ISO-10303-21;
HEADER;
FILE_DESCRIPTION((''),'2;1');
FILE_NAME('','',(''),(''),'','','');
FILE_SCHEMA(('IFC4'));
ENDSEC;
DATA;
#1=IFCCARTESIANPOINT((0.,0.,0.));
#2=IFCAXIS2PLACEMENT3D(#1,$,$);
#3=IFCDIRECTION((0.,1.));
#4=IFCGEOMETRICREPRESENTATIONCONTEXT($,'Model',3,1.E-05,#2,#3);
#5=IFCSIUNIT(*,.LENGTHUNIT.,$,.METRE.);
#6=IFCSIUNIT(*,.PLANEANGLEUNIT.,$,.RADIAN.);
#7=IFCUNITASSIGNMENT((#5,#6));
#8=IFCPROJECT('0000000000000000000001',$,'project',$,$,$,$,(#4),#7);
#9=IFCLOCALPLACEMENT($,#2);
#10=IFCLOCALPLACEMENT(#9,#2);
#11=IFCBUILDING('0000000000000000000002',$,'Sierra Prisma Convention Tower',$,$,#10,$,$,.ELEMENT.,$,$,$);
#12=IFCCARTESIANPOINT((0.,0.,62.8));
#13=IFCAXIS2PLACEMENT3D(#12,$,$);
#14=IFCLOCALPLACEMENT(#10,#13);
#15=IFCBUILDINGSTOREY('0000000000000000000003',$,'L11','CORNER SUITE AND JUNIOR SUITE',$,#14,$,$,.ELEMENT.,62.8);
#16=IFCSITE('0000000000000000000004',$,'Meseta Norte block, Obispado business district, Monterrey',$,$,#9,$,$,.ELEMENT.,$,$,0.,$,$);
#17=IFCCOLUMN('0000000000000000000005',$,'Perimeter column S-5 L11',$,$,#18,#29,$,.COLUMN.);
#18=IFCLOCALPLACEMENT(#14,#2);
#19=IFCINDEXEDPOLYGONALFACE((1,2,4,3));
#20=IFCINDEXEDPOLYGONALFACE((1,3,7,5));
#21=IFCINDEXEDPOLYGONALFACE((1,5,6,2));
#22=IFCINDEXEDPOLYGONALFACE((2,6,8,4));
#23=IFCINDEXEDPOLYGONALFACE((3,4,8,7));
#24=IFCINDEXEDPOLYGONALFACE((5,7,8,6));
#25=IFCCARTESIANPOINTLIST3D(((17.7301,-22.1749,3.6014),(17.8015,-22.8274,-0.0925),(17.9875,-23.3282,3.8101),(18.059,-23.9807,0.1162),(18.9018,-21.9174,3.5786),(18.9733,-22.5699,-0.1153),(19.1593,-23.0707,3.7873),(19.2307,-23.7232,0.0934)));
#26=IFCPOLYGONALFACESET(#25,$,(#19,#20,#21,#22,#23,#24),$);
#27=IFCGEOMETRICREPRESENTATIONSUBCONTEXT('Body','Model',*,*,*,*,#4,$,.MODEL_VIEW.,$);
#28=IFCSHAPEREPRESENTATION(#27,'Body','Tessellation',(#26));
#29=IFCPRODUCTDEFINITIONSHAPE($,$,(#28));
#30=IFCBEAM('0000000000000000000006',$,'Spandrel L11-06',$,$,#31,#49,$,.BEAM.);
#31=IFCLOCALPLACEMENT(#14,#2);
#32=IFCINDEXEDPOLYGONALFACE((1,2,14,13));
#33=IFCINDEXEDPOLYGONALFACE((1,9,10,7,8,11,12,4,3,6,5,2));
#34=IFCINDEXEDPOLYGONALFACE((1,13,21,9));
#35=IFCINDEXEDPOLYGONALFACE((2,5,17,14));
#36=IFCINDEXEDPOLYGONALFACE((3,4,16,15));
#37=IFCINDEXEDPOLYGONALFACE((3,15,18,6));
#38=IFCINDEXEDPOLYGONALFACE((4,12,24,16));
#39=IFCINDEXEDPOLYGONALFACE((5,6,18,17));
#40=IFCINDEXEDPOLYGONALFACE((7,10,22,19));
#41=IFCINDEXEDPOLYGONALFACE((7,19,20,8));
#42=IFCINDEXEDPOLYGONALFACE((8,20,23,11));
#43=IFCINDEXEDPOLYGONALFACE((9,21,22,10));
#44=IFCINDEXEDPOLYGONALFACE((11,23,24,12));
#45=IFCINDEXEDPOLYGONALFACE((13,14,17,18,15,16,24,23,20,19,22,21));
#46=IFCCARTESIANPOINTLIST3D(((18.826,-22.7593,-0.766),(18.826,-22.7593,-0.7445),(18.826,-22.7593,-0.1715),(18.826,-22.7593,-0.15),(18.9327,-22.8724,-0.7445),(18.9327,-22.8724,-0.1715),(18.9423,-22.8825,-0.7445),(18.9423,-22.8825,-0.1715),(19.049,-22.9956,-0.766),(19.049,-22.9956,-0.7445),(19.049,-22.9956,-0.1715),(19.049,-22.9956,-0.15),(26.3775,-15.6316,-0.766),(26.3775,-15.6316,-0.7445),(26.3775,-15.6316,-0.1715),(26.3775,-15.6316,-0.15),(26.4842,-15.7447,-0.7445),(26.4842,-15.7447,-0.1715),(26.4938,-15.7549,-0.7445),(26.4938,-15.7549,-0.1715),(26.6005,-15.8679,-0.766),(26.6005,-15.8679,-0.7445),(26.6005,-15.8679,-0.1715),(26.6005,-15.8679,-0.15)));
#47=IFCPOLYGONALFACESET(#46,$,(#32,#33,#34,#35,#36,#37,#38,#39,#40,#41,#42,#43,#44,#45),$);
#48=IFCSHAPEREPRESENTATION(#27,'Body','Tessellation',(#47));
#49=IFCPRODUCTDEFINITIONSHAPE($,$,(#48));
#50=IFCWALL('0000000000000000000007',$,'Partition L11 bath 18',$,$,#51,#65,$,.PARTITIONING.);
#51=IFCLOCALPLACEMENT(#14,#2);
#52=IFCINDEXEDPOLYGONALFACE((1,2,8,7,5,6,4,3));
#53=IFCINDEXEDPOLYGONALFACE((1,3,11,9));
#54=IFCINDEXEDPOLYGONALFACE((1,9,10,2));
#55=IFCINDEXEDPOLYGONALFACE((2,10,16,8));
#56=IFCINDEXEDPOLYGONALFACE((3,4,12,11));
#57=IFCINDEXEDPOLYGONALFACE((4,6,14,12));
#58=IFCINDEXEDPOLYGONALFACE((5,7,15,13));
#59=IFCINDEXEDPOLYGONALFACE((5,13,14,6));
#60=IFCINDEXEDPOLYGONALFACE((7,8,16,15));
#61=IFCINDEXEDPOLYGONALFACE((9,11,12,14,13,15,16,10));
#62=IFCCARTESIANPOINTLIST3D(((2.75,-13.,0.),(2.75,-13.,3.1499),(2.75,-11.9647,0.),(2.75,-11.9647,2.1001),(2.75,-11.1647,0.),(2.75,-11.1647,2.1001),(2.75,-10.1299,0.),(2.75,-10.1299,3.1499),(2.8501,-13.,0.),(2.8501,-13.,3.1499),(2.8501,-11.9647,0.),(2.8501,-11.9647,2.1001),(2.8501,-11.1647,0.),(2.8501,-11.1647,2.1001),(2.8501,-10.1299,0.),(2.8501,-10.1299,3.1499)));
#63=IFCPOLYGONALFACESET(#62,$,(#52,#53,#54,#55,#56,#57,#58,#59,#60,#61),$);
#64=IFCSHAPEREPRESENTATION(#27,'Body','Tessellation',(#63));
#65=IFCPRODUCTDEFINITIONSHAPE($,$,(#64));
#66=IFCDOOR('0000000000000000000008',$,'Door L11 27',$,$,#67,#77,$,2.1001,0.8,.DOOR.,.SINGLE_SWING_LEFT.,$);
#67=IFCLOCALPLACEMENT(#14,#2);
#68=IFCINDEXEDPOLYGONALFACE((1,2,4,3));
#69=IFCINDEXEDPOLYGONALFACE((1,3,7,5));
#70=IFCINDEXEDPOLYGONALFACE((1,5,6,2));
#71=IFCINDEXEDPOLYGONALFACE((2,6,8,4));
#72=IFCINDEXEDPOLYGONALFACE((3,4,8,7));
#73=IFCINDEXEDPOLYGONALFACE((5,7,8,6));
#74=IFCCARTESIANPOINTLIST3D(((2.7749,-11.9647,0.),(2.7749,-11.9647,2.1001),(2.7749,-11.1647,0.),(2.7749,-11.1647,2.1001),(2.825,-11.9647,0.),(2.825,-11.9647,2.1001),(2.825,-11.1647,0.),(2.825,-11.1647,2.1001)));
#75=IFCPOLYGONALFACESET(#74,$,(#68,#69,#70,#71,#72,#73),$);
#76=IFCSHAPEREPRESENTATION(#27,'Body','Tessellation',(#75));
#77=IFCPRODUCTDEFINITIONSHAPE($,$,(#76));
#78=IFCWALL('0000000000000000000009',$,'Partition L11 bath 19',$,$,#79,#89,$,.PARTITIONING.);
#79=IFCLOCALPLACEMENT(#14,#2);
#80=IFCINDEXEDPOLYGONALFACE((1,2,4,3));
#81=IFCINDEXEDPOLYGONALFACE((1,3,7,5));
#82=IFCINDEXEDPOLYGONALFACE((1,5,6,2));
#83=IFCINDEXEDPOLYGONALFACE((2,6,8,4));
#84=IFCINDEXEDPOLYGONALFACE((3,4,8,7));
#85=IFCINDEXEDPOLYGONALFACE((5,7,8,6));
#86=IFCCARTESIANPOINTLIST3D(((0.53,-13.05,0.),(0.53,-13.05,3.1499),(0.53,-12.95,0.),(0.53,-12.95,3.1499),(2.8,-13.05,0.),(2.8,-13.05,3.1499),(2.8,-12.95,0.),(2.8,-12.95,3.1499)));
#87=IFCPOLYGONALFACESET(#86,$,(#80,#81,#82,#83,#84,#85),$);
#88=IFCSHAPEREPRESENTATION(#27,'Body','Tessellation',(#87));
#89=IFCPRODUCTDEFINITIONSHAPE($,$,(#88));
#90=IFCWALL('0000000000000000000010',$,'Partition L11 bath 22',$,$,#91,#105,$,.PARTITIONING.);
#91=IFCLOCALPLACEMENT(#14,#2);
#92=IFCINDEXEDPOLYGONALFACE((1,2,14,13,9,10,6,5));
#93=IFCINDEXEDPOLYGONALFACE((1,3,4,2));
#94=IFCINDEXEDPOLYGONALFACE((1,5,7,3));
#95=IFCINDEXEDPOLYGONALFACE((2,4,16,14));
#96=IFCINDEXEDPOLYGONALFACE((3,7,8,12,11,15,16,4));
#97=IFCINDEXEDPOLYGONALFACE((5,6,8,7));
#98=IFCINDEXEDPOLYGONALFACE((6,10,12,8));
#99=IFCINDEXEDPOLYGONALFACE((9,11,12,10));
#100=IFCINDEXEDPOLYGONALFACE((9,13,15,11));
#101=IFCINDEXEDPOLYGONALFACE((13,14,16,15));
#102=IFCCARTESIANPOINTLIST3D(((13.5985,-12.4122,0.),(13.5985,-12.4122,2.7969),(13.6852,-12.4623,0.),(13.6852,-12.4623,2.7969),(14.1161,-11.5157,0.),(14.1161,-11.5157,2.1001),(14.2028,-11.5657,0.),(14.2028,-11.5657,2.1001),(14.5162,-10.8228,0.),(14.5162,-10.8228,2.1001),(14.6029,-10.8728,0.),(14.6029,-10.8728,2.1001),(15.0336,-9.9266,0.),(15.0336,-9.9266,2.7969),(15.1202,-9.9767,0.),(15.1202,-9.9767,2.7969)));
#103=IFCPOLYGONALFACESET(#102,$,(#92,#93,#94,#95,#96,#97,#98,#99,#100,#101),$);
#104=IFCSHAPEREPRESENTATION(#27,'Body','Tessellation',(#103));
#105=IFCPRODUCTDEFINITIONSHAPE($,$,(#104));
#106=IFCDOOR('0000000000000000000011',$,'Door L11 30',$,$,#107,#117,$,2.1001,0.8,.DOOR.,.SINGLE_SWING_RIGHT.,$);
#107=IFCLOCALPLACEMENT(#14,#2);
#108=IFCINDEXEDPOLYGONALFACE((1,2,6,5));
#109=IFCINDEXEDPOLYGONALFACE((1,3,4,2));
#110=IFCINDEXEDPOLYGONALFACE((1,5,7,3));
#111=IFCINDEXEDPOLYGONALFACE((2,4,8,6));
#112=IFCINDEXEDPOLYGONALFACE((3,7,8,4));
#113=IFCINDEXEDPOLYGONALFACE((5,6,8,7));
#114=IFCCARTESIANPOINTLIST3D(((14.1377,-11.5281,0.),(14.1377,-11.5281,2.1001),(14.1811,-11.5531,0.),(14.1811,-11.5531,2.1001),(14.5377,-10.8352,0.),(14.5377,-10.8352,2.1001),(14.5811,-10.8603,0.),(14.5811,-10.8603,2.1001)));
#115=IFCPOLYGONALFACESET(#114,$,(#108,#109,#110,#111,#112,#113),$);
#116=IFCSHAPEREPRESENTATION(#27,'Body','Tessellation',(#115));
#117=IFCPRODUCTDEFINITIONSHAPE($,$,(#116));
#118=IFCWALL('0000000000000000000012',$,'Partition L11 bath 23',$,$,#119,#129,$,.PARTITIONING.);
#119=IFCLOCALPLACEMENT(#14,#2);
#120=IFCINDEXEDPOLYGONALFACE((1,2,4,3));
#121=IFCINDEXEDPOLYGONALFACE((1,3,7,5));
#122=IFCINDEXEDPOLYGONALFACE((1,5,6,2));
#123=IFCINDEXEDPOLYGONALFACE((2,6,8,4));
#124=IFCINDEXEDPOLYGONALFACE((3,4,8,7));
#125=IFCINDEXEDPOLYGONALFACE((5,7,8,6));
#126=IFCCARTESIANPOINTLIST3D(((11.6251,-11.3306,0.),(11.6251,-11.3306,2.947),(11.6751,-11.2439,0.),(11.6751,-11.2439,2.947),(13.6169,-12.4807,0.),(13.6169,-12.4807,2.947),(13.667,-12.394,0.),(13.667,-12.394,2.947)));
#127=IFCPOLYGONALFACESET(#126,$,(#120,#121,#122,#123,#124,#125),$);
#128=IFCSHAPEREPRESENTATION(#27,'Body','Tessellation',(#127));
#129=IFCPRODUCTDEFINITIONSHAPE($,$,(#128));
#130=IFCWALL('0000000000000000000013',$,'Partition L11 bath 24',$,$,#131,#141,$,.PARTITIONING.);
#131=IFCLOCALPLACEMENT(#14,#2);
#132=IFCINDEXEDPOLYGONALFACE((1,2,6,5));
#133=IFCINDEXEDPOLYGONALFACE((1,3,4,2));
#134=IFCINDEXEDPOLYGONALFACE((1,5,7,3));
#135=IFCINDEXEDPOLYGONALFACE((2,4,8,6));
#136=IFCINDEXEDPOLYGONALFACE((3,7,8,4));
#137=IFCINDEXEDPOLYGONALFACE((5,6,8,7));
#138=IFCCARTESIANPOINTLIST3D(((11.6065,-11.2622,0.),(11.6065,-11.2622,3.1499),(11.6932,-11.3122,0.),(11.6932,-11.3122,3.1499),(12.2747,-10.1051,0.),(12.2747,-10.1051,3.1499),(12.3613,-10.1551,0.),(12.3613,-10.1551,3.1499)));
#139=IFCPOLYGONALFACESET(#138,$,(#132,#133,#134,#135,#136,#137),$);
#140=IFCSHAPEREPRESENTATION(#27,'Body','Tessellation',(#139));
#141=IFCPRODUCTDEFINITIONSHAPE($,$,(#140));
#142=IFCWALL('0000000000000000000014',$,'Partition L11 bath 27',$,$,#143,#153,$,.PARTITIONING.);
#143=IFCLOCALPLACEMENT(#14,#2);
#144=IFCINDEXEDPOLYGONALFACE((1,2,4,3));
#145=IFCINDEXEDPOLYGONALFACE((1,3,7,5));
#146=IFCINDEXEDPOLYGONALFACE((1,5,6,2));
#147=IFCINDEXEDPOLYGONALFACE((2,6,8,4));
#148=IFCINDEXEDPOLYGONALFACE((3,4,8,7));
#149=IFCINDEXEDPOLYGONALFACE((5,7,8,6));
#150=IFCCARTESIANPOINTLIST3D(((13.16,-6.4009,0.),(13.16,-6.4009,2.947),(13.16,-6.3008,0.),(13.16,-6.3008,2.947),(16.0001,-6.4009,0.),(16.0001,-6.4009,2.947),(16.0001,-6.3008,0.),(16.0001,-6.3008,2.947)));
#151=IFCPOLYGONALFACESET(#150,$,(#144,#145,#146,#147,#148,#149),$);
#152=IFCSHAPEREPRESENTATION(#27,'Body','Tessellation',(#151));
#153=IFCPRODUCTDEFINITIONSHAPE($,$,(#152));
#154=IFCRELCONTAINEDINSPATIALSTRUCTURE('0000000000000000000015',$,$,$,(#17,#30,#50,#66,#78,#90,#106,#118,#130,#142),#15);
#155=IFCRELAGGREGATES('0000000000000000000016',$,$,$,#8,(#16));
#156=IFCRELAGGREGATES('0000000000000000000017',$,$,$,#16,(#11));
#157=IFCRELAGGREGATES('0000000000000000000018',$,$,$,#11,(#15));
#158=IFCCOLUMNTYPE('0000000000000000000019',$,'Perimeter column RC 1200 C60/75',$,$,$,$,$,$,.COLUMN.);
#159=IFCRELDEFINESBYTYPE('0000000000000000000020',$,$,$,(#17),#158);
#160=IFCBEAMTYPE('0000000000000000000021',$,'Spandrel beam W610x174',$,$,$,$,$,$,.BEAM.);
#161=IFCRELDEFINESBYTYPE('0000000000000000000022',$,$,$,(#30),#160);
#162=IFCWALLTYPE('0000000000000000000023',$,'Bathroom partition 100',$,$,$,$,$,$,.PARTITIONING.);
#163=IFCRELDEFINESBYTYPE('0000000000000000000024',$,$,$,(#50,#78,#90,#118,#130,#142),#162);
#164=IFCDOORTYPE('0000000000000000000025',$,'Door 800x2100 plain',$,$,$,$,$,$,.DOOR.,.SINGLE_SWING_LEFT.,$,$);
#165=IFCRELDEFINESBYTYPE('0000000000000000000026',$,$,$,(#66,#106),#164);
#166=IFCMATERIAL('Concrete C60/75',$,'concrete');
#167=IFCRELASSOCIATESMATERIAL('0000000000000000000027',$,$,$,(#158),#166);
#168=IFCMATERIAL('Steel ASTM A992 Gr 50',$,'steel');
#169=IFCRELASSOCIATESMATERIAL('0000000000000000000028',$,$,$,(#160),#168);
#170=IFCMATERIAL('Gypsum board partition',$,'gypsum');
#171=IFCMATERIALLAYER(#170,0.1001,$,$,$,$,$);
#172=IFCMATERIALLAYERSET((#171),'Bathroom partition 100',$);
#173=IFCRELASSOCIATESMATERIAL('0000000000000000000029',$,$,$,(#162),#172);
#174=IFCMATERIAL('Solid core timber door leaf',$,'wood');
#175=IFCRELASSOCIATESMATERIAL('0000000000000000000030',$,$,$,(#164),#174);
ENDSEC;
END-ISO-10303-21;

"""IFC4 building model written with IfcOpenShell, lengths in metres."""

from ifc_helpers import new_model, si_unit, direction, frame, frame_2d, origin, origin_2d, place, context, subcontext, project, spatial, rectangle, i_section, extrude, clip, halfspace, material, layer, layer_set, material_profile, profile_set, type_object, element, fill, save


model = new_model("IFC4")

# Units and contexts
model_context = context("Model", 3, precision=1e-05, world=origin(), true_north=direction((0.0, 1.0)))
body_context = subcontext(model_context, "Body", "Model", "MODEL_VIEW")
ifc_project = project(units=[si_unit("LENGTHUNIT", "METRE"), si_unit("PLANEANGLEUNIT", "RADIAN")], contexts=[model_context])

# Site, building, storey
site_placement = place(None, origin())
site = spatial("IfcSite", under=ifc_project, at=site_placement, Name="Meseta Norte block, Obispado business district, Monterrey", CompositionType="ELEMENT", RefElevation=0.0)
building_placement = place(site_placement, origin())
building = spatial("IfcBuilding", under=site, at=building_placement, Name="Sierra Prisma Convention Tower", CompositionType="ELEMENT")
storey_placement = place(building_placement, frame((0.0, 0.0, 62.8)))
storey = spatial("IfcBuildingStorey", under=building, at=storey_placement, Name="L11", Description="CORNER SUITE AND JUNIOR SUITE", CompositionType="ELEMENT", Elevation=62.8)

# Column
ifc_material_1 = material(Name="Concrete C60/75", Category="concrete")
ifc_material_profile_1 = material_profile(ifc_material_1, rectangle(XDim=1.2, YDim=1.2, at=origin_2d()), Name="Perimeter column RC 1200 C60/75")
ifc_profile_set_1 = profile_set([ifc_material_profile_1], Name="Concrete C60/75")
column_type = type_object("IfcColumnType", Name="Perimeter column RC 1200 C60/75", PredefinedType="COLUMN", material=ifc_profile_set_1)
column_placement = place(storey_placement, frame((18.5161, -23.2754, 0.0), z_axis=(-0.019035, 0.173917, 0.984576), x_axis=(0.976522, 0.214578, -0.019024)))
element("IfcColumn", 1, at=column_placement, inside=storey, type_object=column_type, Name="Perimeter column S-5 L11", PredefinedType="COLUMN", context=body_context, shape_type="SweptSolid", body=[
    clip(clip(extrude(rectangle(XDim=1.2, YDim=1.2, at=origin_2d()), origin(), (0.0, 0.0, 1.0), 3.7578), halfspace(frame((0.0, 0.0, 0.0005)), True)), halfspace(frame((0.0, 0.0, 3.7522)), False)),
])

# Beam
ifc_material_2 = material(Name="Steel ASTM A992 Gr 50", Category="steel")
ifc_material_profile_2 = material_profile(ifc_material_2, i_section(OverallWidth=0.325, OverallDepth=0.616, WebThickness=0.0139, FlangeThickness=0.0215, at=origin_2d()), Name="W610x174")
ifc_profile_set_2 = profile_set([ifc_material_profile_2], Name="Steel ASTM A992 Gr 50")
beam_type = type_object("IfcBeamType", Name="Spandrel beam W610x174", PredefinedType="BEAM", material=ifc_profile_set_2)
beam_placement = place(storey_placement, frame((18.9375, -22.8774, -0.458), z_axis=(0.72722, 0.686405, 0.0), x_axis=(-0.686405, 0.72722, 0.0)))
element("IfcBeam", 2, at=beam_placement, inside=storey, type_object=beam_type, Name="Spandrel L11-06", PredefinedType="BEAM", context=body_context, shape_type="SweptSolid", body=[
    extrude(i_section(OverallWidth=0.325, OverallDepth=0.616, WebThickness=0.0139, FlangeThickness=0.0215, at=origin_2d()), origin(), (0.0, 0.0, 1.0), 10.384),
])

# Wall, opening, door
ifc_material_3 = material(Name="Gypsum board partition", Category="gypsum")
ifc_layer_1 = layer(ifc_material_3, 0.1001)
ifc_layer_set_1 = layer_set([ifc_layer_1], Name="Bathroom partition 100")
wall_type_1 = type_object("IfcWallType", Name="Bathroom partition 100", PredefinedType="PARTITIONING", material=ifc_layer_set_1)
wall_1_placement = place(storey_placement, frame((2.8, -10.1299, 0.0), z_axis=(0.0, 0.0, 1.0), x_axis=(0.0, -1.0, 0.0)))
wall_1 = element("IfcWall", 3, at=wall_1_placement, inside=storey, type_object=wall_type_1, Name="Partition L11 bath 18", PredefinedType="PARTITIONING", context=body_context, shape_type="SweptSolid", body=[
    extrude(rectangle(XDim=2.8701, YDim=0.1001, at=frame_2d((1.4351, 0.0))), origin(), (0.0, 0.0, 1.0), 3.1499),
])
opening_1_placement = place(wall_1_placement, frame((1.0349, 0.0, 0.0)))
opening_1 = element("IfcOpeningElement", 4, at=opening_1_placement, cuts=wall_1, PredefinedType="OPENING", context=body_context, shape_type="SweptSolid", body=[
    extrude(rectangle(XDim=0.8, YDim=2.1001, at=frame_2d((0.3999, 1.05))), frame((0.0, 0.05, 0.0), z_axis=(0.0, -1.0, 0.0), x_axis=(1.0, 0.0, 0.0)), (0.0, 0.0, 1.0), 0.1001),
])
ifc_material_4 = material(Name="Solid core timber door leaf", Category="wood")
door_type_1 = type_object("IfcDoorType", Name="Door 800x2100 plain", OperationType="SINGLE_SWING_LEFT", PredefinedType="DOOR", material=ifc_material_4)
door_1_placement = place(opening_1_placement, origin())
door_1 = element("IfcDoor", 5, at=door_1_placement, inside=storey, type_object=door_type_1, Name="Door L11 27", OperationType="SINGLE_SWING_LEFT", OverallHeight=2.1001, OverallWidth=0.8, PredefinedType="DOOR", context=body_context, shape_type="SweptSolid", body=[
    extrude(rectangle(XDim=0.8, YDim=2.1001, at=frame_2d((0.3999, 1.05))), frame((0.0, 0.0249, 0.0), z_axis=(0.0, -1.0, 0.0), x_axis=(1.0, 0.0, 0.0)), (0.0, 0.0, 1.0), 0.05),
])
fill(opening_1, door_1)

# Wall
wall_2_placement = place(storey_placement, frame((2.8, -13.0, 0.0), z_axis=(0.0, 0.0, 1.0), x_axis=(-1.0, 0.0, 0.0)))
element("IfcWall", 6, at=wall_2_placement, inside=storey, type_object=wall_type_1, Name="Partition L11 bath 19", PredefinedType="PARTITIONING", context=body_context, shape_type="SweptSolid", body=[
    extrude(rectangle(XDim=2.27, YDim=0.1001, at=frame_2d((1.135, 0.0))), origin(), (0.0, 0.0, 1.0), 3.1499),
])

# Wall, opening, door
wall_3_placement = place(storey_placement, frame((15.0769, -9.9517, 0.0), z_axis=(0.0, 0.0, 1.0), x_axis=(-0.5, -0.866026, 0.0)))
wall_3 = element("IfcWall", 7, at=wall_3_placement, inside=storey, type_object=wall_type_1, Name="Partition L11 bath 22", PredefinedType="PARTITIONING", context=body_context, shape_type="SweptSolid", body=[
    extrude(rectangle(XDim=2.8701, YDim=0.1001, at=frame_2d((1.4351, 0.0))), origin(), (0.0, 0.0, 1.0), 2.7969),
])
opening_2_placement = place(wall_3_placement, frame((1.0349, 0.0, 0.0)))
opening_2 = element("IfcOpeningElement", 8, at=opening_2_placement, cuts=wall_3, PredefinedType="OPENING", context=body_context, shape_type="SweptSolid", body=[
    extrude(rectangle(XDim=0.8, YDim=2.1001, at=frame_2d((0.3999, 1.05))), frame((0.0, 0.05, 0.0), z_axis=(0.0, -1.0, 0.0), x_axis=(1.0, 0.0, 0.0)), (0.0, 0.0, 1.0), 0.1001),
])
door_2_placement = place(opening_2_placement, origin())
door_2 = element("IfcDoor", 9, at=door_2_placement, inside=storey, type_object=door_type_1, Name="Door L11 30", OperationType="SINGLE_SWING_RIGHT", OverallHeight=2.1001, OverallWidth=0.8, PredefinedType="DOOR", context=body_context, shape_type="SweptSolid", body=[
    extrude(rectangle(XDim=0.8, YDim=2.1001, at=frame_2d((0.3999, 1.05))), frame((0.0, 0.0249, 0.0), z_axis=(0.0, -1.0, 0.0), x_axis=(1.0, 0.0, 0.0)), (0.0, 0.0, 1.0), 0.05),
])
fill(opening_2, door_2)

# Walls
wall_4_placement = place(storey_placement, frame((13.6418, -12.4373, 0.0), z_axis=(0.0, 0.0, 1.0), x_axis=(-0.866007, 0.500032, 0.0)))
element("IfcWall", 10, at=wall_4_placement, inside=storey, type_object=wall_type_1, Name="Partition L11 bath 23", PredefinedType="PARTITIONING", context=body_context, shape_type="SweptSolid", body=[
    extrude(rectangle(XDim=2.3, YDim=0.1001, at=frame_2d((1.1499, 0.0))), origin(), (0.0, 0.0, 1.0), 2.947),
])
wall_5_placement = place(storey_placement, frame((11.6499, -11.2871, 0.0), z_axis=(0.0, 0.0, 1.0), x_axis=(0.500049, 0.865997, 0.0)))
element("IfcWall", 11, at=wall_5_placement, inside=storey, type_object=wall_type_1, Name="Partition L11 bath 24", PredefinedType="PARTITIONING", context=body_context, shape_type="SweptSolid", body=[
    extrude(rectangle(XDim=1.3362, YDim=0.1001, at=frame_2d((0.668, 0.0))), origin(), (0.0, 0.0, 1.0), 3.1499),
])
wall_6_placement = place(storey_placement, frame((16.0, -6.3508, 0.0), z_axis=(0.0, 0.0, 1.0), x_axis=(-1.0, 0.0, 0.0)))
element("IfcWall", 12, at=wall_6_placement, inside=storey, type_object=wall_type_1, Name="Partition L11 bath 27", PredefinedType="PARTITIONING", context=body_context, shape_type="SweptSolid", body=[
    extrude(rectangle(XDim=2.8401, YDim=0.1001, at=frame_2d((1.4199, 0.0))), origin(), (0.0, 0.0, 1.0), 2.947),
])

save(model, "model.ifc")
